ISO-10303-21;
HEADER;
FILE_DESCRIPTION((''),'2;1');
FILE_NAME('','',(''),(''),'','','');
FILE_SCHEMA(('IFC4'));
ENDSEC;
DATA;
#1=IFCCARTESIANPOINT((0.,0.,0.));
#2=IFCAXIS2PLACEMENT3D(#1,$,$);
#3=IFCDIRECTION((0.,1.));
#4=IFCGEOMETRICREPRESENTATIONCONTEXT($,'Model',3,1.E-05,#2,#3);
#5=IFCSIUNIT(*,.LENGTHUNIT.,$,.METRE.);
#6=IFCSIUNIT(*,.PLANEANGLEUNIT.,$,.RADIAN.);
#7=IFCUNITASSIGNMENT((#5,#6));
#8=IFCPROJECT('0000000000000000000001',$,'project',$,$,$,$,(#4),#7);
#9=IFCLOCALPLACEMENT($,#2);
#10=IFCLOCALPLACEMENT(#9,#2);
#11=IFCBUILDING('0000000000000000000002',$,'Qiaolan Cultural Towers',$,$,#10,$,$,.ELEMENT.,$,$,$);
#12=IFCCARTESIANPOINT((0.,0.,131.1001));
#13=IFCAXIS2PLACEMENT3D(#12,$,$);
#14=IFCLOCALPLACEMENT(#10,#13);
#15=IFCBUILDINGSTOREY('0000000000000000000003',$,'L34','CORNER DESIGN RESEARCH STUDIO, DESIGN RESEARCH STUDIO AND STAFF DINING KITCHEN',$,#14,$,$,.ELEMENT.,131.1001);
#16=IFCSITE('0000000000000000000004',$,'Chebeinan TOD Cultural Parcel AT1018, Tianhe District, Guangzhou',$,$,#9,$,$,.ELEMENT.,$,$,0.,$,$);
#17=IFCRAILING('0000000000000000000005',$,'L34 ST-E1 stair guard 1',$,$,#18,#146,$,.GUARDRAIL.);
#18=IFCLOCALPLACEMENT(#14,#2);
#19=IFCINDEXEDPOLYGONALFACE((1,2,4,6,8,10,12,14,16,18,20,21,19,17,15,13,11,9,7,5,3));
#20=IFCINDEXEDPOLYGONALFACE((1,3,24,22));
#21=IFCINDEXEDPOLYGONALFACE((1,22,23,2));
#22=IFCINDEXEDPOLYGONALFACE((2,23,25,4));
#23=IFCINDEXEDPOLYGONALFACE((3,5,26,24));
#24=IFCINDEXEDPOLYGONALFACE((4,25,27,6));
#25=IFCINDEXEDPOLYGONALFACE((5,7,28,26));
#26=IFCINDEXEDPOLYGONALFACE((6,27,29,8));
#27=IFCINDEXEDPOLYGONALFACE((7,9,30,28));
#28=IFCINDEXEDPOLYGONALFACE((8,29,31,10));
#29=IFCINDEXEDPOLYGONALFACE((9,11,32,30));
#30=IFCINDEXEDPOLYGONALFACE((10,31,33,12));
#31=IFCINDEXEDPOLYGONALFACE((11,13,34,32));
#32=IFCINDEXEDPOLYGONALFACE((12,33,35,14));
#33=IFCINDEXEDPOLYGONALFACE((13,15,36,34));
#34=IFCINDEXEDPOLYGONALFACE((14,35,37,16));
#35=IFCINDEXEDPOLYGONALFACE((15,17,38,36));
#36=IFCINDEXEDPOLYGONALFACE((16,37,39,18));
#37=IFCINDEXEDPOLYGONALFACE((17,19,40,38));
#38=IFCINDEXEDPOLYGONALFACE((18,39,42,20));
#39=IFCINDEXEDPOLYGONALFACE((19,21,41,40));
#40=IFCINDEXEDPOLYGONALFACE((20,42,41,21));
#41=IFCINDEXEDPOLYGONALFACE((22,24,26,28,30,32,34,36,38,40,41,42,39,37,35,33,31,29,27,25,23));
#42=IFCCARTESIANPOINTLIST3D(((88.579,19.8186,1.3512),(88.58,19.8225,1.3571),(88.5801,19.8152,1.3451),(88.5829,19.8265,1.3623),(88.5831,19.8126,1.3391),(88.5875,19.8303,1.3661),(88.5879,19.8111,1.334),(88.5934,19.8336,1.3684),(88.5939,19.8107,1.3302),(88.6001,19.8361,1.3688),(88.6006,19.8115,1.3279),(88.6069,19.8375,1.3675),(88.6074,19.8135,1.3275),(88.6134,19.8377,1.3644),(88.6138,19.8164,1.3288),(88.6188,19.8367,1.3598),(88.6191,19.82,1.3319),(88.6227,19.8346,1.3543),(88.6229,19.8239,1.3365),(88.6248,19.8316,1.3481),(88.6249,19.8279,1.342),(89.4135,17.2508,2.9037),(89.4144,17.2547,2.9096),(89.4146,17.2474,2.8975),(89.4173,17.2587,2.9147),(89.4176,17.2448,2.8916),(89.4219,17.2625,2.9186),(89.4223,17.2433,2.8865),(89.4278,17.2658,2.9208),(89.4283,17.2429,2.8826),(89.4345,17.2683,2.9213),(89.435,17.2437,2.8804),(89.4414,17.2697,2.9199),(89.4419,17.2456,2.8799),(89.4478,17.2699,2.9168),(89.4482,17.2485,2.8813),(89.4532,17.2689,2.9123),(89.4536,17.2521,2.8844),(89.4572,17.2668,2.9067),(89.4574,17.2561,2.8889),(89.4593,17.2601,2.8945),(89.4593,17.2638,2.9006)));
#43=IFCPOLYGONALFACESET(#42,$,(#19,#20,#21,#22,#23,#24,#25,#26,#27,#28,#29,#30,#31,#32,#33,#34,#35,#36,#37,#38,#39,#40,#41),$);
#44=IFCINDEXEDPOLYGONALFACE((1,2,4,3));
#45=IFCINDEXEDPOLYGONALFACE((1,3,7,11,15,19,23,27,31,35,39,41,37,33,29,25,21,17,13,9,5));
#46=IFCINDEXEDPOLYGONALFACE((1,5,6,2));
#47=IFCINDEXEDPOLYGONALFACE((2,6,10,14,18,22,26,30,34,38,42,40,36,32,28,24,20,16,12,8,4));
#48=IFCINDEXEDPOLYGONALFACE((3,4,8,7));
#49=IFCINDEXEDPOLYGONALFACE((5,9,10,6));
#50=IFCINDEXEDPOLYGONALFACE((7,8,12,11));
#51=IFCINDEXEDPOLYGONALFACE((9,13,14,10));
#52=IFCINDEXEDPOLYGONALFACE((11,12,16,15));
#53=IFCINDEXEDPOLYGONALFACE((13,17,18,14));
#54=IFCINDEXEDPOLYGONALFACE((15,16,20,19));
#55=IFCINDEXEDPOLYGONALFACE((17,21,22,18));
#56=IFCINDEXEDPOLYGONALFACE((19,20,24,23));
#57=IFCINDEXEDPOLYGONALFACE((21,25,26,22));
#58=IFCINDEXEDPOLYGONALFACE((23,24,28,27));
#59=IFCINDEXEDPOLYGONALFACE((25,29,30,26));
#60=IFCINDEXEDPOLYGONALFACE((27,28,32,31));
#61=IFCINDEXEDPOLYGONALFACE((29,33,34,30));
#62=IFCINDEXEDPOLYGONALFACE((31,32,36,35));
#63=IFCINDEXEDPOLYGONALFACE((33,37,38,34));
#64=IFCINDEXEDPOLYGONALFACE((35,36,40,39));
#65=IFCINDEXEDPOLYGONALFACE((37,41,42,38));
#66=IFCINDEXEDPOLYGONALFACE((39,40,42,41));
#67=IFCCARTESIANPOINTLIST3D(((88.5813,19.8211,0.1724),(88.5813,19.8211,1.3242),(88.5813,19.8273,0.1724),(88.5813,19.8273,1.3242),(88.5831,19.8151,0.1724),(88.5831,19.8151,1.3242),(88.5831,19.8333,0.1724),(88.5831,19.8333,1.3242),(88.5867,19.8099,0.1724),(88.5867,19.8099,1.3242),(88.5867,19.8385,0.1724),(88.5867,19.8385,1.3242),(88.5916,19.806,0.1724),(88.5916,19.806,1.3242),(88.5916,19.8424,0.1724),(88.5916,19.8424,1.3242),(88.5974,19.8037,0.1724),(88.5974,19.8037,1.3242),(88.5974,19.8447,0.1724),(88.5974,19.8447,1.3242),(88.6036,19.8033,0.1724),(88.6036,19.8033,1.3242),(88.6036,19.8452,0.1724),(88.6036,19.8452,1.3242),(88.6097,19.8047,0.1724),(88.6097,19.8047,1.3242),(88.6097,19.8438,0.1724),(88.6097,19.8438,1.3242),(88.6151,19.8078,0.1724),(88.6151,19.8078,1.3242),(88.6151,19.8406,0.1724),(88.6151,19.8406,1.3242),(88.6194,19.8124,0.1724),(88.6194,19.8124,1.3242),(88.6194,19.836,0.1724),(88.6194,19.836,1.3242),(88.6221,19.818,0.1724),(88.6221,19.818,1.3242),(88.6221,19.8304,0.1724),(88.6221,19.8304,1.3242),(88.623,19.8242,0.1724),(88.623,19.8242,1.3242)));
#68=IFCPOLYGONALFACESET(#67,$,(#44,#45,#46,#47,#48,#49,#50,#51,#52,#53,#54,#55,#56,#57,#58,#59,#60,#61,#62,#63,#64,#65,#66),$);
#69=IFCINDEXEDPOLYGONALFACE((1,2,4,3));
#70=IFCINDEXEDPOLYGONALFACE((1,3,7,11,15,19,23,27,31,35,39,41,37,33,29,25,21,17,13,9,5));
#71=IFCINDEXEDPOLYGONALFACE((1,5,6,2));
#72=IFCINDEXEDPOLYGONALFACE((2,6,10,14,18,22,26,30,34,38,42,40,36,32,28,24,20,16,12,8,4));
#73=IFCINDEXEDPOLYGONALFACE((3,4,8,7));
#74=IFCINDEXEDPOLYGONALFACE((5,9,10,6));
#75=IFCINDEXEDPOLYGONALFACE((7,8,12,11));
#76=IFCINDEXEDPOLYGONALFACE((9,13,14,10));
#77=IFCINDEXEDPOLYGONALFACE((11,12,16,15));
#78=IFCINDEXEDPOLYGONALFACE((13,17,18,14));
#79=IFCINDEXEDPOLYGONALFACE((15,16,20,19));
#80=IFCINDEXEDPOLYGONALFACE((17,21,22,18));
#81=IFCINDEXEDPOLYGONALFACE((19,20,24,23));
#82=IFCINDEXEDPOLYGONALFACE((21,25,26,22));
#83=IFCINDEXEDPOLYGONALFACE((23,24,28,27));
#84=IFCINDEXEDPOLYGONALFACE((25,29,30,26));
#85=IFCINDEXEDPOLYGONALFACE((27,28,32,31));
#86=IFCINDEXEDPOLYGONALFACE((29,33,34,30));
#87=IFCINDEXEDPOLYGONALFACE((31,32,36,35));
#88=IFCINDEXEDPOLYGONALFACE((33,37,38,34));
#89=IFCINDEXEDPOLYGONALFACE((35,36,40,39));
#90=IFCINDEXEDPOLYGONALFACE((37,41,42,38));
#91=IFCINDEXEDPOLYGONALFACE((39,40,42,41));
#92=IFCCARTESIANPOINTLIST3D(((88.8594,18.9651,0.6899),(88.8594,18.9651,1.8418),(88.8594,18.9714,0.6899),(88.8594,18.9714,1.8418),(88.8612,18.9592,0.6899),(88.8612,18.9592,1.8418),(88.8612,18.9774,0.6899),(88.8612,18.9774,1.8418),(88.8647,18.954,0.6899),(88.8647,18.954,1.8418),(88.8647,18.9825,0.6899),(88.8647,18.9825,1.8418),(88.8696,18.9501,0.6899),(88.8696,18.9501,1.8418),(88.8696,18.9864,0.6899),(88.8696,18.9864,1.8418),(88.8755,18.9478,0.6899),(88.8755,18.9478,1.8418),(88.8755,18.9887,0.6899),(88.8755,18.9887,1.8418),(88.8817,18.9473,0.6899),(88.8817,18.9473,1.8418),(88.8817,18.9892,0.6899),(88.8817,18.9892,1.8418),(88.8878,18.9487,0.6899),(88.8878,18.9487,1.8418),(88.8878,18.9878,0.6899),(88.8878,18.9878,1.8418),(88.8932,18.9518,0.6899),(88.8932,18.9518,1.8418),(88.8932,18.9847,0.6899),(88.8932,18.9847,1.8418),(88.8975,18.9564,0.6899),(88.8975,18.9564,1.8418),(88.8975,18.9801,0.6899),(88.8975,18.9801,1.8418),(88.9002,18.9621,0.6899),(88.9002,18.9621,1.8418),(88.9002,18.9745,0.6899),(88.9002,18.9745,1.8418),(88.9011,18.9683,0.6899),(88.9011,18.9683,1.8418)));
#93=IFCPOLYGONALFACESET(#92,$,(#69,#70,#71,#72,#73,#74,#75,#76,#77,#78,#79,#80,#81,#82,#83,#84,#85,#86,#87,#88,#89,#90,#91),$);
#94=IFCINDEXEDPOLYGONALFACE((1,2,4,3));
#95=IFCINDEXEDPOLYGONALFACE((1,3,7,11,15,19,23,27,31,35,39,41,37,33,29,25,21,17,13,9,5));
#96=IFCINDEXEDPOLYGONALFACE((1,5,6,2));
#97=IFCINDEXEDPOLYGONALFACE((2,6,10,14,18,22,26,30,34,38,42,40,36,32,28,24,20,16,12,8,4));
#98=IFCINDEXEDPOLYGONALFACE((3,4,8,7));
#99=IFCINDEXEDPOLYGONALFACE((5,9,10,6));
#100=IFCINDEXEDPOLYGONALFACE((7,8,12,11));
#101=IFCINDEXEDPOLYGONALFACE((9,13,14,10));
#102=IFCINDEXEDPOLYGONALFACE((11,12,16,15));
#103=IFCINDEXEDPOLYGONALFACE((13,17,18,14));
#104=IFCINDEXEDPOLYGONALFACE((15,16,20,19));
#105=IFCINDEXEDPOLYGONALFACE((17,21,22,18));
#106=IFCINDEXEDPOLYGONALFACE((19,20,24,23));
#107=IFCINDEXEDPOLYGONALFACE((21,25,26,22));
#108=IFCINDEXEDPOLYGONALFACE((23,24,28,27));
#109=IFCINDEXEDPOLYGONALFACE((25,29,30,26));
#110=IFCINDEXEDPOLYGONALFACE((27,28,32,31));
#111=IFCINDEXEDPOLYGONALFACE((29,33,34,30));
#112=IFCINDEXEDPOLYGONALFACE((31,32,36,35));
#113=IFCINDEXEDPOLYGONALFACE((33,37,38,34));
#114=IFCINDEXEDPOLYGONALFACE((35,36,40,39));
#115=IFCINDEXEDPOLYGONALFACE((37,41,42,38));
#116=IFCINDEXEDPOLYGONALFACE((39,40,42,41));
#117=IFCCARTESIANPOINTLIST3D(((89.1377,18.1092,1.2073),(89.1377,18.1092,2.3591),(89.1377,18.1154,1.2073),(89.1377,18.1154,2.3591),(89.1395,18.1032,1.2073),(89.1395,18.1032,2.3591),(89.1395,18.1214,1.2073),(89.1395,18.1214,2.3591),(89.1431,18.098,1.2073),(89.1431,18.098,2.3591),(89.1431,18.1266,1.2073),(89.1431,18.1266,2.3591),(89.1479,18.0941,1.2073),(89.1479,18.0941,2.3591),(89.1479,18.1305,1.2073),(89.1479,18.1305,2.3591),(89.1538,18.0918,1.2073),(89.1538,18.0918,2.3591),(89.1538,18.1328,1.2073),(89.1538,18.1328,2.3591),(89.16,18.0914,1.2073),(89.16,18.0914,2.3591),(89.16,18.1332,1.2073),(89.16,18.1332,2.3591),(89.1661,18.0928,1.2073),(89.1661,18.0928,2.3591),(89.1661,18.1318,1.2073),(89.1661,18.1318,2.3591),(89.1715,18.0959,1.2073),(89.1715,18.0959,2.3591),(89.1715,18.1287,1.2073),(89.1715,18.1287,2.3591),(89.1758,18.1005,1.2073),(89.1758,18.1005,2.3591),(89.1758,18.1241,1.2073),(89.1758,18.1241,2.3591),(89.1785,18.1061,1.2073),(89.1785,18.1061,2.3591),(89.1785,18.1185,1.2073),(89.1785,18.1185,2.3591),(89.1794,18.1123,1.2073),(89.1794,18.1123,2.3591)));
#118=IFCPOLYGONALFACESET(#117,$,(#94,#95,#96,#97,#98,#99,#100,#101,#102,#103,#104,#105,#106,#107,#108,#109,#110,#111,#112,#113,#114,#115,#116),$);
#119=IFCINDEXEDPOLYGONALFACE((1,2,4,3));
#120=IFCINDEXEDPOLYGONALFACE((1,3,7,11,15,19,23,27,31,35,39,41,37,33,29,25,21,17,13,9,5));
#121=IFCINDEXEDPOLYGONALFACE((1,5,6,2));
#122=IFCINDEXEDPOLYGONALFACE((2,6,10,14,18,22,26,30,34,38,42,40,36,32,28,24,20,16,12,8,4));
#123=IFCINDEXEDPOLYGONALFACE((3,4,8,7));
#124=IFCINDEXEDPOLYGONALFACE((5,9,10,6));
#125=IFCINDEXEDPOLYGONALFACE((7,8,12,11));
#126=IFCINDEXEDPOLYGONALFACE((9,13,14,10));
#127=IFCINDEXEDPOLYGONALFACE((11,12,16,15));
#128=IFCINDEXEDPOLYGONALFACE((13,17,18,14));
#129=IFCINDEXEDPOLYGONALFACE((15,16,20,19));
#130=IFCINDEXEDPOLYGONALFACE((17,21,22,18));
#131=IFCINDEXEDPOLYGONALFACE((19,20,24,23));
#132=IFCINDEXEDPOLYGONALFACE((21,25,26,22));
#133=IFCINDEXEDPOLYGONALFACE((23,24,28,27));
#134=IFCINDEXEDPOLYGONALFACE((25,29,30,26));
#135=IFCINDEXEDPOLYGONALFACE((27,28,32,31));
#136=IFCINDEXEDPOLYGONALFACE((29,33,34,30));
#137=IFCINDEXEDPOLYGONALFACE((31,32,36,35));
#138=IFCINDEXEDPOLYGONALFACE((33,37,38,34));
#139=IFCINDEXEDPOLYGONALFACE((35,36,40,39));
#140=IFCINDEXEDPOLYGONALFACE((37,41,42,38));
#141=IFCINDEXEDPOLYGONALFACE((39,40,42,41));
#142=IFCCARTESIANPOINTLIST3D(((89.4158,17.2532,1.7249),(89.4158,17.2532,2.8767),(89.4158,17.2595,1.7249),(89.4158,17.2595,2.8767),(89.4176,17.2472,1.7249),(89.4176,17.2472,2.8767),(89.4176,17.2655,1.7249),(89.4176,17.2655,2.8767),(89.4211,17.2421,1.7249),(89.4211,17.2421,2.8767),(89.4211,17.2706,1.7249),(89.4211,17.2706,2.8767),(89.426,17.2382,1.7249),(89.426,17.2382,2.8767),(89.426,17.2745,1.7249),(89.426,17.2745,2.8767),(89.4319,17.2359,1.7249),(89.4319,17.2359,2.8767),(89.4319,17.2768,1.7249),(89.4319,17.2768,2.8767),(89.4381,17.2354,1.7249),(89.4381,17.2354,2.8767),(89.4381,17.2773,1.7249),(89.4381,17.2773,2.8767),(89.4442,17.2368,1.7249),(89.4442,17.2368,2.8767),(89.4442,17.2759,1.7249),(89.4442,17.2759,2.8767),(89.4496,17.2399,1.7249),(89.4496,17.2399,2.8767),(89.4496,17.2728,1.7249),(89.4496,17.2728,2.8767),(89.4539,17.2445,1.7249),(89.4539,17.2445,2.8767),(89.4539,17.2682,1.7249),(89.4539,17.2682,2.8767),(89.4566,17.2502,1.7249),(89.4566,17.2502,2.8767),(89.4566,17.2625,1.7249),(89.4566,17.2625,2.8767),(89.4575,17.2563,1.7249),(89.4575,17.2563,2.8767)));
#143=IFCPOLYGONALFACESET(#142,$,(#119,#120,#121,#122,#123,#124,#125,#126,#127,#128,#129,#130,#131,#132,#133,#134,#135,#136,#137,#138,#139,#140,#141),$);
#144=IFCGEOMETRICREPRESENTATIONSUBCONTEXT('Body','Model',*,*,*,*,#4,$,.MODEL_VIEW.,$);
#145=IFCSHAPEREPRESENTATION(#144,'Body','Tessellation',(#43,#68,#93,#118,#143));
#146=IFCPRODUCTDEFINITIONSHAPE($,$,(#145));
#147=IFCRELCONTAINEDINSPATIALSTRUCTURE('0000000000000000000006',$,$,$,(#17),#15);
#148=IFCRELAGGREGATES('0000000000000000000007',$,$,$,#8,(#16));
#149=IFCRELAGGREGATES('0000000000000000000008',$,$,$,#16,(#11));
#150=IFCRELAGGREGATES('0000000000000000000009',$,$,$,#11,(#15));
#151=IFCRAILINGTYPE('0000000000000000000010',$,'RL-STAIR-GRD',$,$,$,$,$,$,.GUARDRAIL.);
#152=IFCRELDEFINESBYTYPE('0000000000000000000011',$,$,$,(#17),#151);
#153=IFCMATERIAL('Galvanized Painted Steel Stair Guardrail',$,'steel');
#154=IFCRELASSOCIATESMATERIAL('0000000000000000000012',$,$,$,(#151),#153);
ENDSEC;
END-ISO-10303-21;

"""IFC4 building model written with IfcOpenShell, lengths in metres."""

from ifc_helpers import new_model, si_unit, direction, frame, origin, origin_2d, place, context, subcontext, project, spatial, circle, extrude, material, type_object, element, save


model = new_model("IFC4")

# Units and contexts
model_context = context("Model", 3, precision=1e-05, world=origin(), true_north=direction((0.0, 1.0)))
body_context = subcontext(model_context, "Body", "Model", "MODEL_VIEW")
ifc_project = project(units=[si_unit("LENGTHUNIT", "METRE"), si_unit("PLANEANGLEUNIT", "RADIAN")], contexts=[model_context])

# Site, building, storey
site_placement = place(None, origin())
site = spatial("IfcSite", under=ifc_project, at=site_placement, Name="Chebeinan TOD Cultural Parcel AT1018, Tianhe District, Guangzhou", CompositionType="ELEMENT", RefElevation=0.0)
building_placement = place(site_placement, origin())
building = spatial("IfcBuilding", under=site, at=building_placement, Name="Qiaolan Cultural Towers", CompositionType="ELEMENT")
storey_placement = place(building_placement, frame((0.0, 0.0, 131.1001)))
storey = spatial("IfcBuildingStorey", under=building, at=storey_placement, Name="L34", Description="CORNER DESIGN RESEARCH STUDIO, DESIGN RESEARCH STUDIO AND STAFF DINING KITCHEN", CompositionType="ELEMENT", Elevation=131.1001)

# Railing
ifc_material_1 = material(Name="Galvanized Painted Steel Stair Guardrail", Category="steel")
railing_type_1 = type_object("IfcRailingType", Name="RL-STAIR-GRD", PredefinedType="GUARDRAIL", material=ifc_material_1)
railing_1_placement = place(storey_placement, frame((88.6021, 19.8242, 0.1724)))
element("IfcRailing", 1, at=railing_1_placement, inside=storey, type_object=railing_type_1, Name="L34 ST-E1 stair guard 1", PredefinedType="GUARDRAIL", context=body_context, shape_type="SweptSolid", body=[
    extrude(circle(Radius=0.0239, at=origin_2d()), frame((0.0, 0.0, 1.1758), z_axis=(0.267926, -0.824471, 0.498461), x_axis=(0.951043, 0.309057, 0.0)), (0.0, 0.0, 1.0), 3.1145),
    extrude(circle(Radius=0.021, at=origin_2d()), origin(), (0.0, 0.0, 1.0), 1.1519),
    extrude(circle(Radius=0.021, at=origin_2d()), frame((0.2781, -0.856, 0.5176)), (0.0, 0.0, 1.0), 1.1519),
    extrude(circle(Radius=0.021, at=origin_2d()), frame((0.5564, -1.7119, 1.0349)), (0.0, 0.0, 1.0), 1.1519),
    extrude(circle(Radius=0.021, at=origin_2d()), frame((0.8345, -2.5679, 1.5525)), (0.0, 0.0, 1.0), 1.1519),
])

save(model, "model.ifc")
